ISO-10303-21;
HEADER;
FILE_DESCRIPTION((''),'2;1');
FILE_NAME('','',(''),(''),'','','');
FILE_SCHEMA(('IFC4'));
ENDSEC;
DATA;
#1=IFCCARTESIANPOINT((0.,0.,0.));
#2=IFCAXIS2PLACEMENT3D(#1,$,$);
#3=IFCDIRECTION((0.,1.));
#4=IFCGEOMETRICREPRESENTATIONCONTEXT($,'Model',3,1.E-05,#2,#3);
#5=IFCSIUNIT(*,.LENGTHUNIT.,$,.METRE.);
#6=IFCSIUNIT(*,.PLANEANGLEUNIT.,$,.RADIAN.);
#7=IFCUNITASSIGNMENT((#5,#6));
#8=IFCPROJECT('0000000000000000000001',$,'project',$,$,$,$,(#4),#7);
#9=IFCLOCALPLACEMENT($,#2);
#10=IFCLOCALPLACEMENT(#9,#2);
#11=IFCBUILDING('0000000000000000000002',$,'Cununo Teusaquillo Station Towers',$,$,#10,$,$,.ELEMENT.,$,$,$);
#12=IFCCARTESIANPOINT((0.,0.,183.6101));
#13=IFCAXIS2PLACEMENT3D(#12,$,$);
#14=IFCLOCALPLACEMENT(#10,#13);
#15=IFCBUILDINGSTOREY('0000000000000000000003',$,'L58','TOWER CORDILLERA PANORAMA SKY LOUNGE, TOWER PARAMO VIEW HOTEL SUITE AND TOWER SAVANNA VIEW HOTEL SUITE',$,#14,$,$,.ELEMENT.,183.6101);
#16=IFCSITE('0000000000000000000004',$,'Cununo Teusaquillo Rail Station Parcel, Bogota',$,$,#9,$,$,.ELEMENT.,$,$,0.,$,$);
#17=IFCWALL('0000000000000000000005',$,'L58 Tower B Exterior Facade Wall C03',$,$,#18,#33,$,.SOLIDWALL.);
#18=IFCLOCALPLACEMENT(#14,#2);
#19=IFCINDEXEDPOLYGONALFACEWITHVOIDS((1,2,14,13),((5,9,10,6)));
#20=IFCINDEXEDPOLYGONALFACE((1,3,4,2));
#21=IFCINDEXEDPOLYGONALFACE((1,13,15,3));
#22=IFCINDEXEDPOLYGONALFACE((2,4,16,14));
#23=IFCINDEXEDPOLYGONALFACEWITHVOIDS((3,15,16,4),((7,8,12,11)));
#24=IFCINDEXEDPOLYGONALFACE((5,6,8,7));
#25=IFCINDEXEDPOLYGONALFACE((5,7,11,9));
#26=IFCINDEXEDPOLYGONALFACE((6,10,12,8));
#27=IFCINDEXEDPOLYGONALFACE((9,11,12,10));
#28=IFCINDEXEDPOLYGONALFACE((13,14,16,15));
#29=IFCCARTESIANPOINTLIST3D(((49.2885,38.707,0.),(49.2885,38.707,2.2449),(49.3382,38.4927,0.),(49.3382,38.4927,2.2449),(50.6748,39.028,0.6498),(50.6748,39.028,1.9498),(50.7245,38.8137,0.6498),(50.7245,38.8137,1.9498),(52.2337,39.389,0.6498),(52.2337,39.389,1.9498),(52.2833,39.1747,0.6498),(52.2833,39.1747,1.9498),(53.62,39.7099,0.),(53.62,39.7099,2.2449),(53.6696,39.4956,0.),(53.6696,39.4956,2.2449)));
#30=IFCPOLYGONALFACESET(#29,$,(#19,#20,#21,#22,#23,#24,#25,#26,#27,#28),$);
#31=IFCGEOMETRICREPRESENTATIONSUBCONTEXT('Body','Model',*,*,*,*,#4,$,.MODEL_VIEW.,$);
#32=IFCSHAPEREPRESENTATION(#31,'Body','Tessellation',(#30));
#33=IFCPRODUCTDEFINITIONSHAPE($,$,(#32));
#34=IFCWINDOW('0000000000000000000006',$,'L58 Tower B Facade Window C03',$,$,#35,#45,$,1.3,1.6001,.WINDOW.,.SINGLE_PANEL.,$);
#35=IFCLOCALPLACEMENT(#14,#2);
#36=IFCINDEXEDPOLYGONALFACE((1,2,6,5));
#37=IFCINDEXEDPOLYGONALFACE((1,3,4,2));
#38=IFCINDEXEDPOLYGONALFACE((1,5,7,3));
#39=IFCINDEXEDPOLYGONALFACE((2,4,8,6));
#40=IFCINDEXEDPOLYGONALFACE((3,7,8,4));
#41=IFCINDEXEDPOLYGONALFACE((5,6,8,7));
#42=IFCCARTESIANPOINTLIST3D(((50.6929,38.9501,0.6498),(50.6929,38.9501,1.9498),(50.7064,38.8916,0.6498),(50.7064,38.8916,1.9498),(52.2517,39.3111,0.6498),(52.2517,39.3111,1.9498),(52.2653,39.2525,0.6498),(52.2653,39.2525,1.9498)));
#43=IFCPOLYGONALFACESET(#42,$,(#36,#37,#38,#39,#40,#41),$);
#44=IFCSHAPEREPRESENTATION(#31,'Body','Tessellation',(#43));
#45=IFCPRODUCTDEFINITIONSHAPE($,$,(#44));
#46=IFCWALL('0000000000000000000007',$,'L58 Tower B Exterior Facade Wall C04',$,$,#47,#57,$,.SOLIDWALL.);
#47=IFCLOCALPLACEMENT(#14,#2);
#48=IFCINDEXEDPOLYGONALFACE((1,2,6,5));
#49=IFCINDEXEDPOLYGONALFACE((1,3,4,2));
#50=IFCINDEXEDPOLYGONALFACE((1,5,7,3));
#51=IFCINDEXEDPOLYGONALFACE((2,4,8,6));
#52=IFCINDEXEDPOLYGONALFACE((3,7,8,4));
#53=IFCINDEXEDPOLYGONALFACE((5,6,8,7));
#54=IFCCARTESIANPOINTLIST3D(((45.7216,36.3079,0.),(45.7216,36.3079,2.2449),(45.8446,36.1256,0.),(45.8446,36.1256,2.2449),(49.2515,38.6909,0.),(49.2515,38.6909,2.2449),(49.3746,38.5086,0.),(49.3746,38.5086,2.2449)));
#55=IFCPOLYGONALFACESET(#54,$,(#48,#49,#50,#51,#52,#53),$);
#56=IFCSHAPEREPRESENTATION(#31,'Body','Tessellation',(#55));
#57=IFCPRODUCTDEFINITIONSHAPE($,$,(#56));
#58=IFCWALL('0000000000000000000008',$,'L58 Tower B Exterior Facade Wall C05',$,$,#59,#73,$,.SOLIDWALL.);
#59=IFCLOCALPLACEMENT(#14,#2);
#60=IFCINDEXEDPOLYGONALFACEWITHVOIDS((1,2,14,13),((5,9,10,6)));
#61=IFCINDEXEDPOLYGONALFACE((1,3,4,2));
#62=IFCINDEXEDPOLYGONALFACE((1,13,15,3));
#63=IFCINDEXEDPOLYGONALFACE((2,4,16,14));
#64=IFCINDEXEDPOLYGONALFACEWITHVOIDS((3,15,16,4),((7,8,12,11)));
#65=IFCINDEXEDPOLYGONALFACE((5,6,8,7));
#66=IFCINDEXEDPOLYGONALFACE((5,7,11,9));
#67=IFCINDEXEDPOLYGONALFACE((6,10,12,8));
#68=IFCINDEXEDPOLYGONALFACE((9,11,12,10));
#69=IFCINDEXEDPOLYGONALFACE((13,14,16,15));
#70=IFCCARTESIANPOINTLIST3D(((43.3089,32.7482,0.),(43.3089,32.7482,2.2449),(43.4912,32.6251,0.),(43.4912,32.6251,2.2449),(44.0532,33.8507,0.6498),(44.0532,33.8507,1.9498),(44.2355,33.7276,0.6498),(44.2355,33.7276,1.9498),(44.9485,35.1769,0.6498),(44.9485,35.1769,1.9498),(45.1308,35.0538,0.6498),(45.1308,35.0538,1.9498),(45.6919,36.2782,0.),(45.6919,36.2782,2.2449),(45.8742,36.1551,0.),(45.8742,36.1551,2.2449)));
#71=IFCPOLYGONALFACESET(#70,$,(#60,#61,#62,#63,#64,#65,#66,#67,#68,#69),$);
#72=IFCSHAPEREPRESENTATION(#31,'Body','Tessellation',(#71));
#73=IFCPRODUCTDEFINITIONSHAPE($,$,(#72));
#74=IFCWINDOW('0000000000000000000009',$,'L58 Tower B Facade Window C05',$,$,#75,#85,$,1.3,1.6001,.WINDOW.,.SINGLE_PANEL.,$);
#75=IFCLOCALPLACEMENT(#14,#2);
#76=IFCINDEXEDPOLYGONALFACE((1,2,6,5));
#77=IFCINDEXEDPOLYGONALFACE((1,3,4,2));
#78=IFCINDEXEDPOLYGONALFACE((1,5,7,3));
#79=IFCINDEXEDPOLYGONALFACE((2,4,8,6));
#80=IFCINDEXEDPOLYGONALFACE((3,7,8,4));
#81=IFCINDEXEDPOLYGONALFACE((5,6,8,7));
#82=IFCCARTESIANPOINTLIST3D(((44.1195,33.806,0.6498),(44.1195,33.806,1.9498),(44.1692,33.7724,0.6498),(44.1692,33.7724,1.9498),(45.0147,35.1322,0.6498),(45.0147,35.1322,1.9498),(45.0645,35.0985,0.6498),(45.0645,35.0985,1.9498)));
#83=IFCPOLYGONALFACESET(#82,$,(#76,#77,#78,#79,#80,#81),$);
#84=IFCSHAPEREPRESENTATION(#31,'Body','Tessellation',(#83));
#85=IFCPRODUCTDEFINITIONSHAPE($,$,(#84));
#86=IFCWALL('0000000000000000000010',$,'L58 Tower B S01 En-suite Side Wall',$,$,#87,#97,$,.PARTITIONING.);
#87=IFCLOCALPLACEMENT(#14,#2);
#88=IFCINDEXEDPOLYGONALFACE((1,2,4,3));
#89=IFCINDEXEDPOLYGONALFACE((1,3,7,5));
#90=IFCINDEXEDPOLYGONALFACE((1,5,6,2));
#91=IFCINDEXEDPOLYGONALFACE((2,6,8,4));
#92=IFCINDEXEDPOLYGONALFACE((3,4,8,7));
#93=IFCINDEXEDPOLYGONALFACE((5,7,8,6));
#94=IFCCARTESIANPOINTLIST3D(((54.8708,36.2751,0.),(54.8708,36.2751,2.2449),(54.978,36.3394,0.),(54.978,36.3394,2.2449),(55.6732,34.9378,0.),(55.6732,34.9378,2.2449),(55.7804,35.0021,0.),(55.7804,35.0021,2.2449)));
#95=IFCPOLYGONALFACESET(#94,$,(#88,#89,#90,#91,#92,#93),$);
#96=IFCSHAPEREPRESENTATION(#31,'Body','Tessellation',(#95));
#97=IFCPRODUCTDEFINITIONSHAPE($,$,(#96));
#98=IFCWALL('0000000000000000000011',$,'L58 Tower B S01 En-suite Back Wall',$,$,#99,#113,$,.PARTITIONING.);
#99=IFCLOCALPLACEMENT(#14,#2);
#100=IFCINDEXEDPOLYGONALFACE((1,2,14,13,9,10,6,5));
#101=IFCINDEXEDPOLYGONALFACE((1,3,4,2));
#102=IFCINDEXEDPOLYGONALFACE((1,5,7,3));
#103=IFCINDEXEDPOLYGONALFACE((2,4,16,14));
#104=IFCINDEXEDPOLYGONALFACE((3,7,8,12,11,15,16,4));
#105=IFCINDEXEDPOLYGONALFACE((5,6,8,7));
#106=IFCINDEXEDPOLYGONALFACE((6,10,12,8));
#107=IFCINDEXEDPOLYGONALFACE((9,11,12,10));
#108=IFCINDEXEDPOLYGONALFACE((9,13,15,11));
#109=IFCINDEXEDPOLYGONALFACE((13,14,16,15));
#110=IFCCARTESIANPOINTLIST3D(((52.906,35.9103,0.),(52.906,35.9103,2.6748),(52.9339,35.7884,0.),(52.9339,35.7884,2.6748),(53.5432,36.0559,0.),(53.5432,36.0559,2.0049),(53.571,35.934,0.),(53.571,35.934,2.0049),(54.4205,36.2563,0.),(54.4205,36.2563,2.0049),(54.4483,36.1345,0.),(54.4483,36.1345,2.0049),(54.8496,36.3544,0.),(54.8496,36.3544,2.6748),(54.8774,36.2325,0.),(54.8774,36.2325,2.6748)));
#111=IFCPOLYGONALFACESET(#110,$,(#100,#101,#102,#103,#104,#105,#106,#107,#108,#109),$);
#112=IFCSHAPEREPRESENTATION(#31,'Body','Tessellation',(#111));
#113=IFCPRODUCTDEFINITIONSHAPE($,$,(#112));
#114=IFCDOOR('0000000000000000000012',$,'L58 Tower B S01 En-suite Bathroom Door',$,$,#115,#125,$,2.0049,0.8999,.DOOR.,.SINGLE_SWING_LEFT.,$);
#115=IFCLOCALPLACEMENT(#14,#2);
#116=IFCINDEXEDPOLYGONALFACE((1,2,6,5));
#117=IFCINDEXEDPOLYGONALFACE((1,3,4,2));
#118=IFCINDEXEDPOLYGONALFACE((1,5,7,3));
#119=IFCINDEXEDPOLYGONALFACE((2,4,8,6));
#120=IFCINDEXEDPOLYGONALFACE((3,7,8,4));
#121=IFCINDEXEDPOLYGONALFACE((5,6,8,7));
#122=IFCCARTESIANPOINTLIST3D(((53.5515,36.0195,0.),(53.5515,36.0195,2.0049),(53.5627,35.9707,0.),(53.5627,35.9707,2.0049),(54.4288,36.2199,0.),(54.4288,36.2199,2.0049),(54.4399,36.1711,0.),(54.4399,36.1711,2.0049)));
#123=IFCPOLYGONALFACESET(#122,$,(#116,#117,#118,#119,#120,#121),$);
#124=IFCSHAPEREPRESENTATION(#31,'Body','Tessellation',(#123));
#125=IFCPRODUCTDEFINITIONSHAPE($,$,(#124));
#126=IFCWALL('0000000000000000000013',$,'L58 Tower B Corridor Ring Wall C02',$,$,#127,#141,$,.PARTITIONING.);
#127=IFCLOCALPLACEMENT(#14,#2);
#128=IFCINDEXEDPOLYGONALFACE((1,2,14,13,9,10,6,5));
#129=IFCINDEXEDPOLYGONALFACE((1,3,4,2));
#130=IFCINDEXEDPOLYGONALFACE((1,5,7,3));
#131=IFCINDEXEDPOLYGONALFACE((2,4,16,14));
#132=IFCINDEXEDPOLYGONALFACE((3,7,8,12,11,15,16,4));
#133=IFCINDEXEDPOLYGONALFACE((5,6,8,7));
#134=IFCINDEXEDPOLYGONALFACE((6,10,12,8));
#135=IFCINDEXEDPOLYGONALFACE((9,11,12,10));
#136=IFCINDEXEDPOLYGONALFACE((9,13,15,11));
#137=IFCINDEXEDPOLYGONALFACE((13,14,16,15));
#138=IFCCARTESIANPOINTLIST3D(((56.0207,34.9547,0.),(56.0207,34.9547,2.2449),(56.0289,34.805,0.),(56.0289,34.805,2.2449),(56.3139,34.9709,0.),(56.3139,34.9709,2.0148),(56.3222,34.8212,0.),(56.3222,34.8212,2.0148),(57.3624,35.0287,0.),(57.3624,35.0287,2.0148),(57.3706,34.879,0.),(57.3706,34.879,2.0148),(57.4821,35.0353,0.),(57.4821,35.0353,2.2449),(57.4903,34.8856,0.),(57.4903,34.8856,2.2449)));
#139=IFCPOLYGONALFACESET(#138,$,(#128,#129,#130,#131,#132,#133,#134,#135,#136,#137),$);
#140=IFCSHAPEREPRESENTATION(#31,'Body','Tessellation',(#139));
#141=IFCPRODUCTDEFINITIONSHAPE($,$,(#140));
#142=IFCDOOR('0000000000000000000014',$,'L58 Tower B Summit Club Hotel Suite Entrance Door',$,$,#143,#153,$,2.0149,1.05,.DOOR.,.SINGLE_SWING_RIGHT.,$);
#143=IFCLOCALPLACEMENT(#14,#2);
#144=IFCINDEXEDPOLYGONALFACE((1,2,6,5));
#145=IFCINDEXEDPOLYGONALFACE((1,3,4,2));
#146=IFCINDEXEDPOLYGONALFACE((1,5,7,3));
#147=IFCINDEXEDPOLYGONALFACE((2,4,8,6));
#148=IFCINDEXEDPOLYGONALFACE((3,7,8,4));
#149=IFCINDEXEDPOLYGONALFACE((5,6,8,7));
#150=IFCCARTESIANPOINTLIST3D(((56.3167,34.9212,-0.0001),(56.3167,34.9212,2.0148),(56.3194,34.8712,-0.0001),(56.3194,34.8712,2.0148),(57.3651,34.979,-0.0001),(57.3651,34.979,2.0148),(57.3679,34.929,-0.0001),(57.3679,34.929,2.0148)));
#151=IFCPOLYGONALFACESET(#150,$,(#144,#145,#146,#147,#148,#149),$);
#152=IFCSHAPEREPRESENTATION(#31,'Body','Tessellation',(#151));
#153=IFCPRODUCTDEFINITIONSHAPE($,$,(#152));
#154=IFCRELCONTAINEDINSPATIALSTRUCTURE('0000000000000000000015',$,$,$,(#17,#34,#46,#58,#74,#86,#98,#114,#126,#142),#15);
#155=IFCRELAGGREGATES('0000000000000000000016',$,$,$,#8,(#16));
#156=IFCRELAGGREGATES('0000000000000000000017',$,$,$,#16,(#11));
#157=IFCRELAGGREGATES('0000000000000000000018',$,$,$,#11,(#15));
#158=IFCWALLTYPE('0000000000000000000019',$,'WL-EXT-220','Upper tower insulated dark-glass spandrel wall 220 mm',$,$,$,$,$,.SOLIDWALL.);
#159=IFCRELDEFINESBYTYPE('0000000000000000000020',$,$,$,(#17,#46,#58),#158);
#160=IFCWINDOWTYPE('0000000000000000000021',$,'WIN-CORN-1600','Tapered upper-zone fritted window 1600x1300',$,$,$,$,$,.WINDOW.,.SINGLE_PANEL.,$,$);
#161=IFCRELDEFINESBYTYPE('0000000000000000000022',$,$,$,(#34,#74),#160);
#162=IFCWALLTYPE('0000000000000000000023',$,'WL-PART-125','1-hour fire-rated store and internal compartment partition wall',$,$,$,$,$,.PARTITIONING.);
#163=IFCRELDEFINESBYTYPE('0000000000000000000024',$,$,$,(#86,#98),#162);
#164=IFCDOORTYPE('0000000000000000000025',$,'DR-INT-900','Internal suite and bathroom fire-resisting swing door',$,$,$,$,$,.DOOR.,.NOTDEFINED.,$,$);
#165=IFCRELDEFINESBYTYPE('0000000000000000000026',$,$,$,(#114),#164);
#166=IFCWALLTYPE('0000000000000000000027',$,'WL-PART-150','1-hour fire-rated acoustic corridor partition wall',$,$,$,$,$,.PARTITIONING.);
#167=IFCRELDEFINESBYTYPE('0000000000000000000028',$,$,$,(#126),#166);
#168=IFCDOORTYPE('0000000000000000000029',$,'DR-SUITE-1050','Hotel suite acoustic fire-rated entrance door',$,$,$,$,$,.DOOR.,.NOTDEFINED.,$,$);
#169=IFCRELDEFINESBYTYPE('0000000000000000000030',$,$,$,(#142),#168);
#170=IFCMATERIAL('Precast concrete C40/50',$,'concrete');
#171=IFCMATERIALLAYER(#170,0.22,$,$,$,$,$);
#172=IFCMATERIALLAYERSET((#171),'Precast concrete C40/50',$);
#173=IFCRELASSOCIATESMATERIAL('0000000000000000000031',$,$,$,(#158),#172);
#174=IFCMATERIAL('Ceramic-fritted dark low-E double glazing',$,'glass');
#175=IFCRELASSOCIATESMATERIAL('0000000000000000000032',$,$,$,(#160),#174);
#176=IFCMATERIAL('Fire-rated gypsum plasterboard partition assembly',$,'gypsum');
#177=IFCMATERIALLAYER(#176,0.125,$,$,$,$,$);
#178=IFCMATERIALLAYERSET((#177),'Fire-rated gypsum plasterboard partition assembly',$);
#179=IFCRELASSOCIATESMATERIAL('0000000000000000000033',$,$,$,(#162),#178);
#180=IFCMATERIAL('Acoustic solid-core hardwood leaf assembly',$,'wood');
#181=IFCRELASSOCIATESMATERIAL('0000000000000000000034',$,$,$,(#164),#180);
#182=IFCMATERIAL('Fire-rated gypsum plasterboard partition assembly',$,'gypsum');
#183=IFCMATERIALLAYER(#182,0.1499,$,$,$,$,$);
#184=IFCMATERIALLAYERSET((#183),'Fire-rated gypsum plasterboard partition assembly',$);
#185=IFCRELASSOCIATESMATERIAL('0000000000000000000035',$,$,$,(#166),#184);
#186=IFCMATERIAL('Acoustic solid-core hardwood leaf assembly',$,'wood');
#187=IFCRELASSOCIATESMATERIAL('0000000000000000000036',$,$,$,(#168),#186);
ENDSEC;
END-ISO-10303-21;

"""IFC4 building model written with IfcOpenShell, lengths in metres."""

from ifc_helpers import new_model, si_unit, direction, frame, frame_2d, origin, place, context, subcontext, project, spatial, rectangle, extrude, source, transform, mapped, material, layer, layer_set, type_object, element, fill, save


model = new_model("IFC4")

# Units and contexts
model_context = context("Model", 3, precision=1e-05, world=origin(), true_north=direction((0.0, 1.0)))
body_context = subcontext(model_context, "Body", "Model", "MODEL_VIEW")
ifc_project = project(units=[si_unit("LENGTHUNIT", "METRE"), si_unit("PLANEANGLEUNIT", "RADIAN")], contexts=[model_context])

# Site, building, storey
site_placement = place(None, origin())
site = spatial("IfcSite", under=ifc_project, at=site_placement, Name="Cununo Teusaquillo Rail Station Parcel, Bogota", CompositionType="ELEMENT", RefElevation=0.0)
building_placement = place(site_placement, origin())
building = spatial("IfcBuilding", under=site, at=building_placement, Name="Cununo Teusaquillo Station Towers", CompositionType="ELEMENT")
storey_placement = place(building_placement, frame((0.0, 0.0, 183.6101)))
storey = spatial("IfcBuildingStorey", under=building, at=storey_placement, Name="L58", Description="TOWER CORDILLERA PANORAMA SKY LOUNGE, TOWER PARAMO VIEW HOTEL SUITE AND TOWER SAVANNA VIEW HOTEL SUITE", CompositionType="ELEMENT", Elevation=183.6101)

# Wall, opening, window
ifc_material_1 = material(Name="Precast concrete C40/50", Category="concrete")
ifc_layer_1 = layer(ifc_material_1, 0.22)
ifc_layer_set_1 = layer_set([ifc_layer_1], Name="Precast concrete C40/50")
wall_type_1 = type_object("IfcWallType", Name="WL-EXT-220", Description="Upper tower insulated dark-glass spandrel wall 220 mm", PredefinedType="SOLIDWALL", material=ifc_layer_set_1)
shared_shape_1 = source(origin(), body_context, "Body", "SweptSolid", [
    extrude(rectangle(XDim=1.6001, YDim=1.3, at=frame_2d((0.8, 0.6499))), frame((0.0, 0.1199, 0.0), z_axis=(0.0, -1.0, 0.0), x_axis=(1.0, 0.0, 0.0)), (0.0, 0.0, 1.0), 0.24),
])
ifc_material_2 = material(Name="Ceramic-fritted dark low-E double glazing", Category="glass")
window_type = type_object("IfcWindowType", Name="WIN-CORN-1600", Description="Tapered upper-zone fritted window 1600x1300", PartitioningType="SINGLE_PANEL", PredefinedType="WINDOW", material=ifc_material_2)
shared_shape_2 = source(origin(), body_context, "Body", "SweptSolid", [
    extrude(rectangle(XDim=1.6001, YDim=1.3, at=frame_2d((0.8, 0.6499))), frame((0.0, 0.03, 0.0), z_axis=(0.0, -1.0, 0.0), x_axis=(1.0, 0.0, 0.0)), (0.0, 0.0, 1.0), 0.0601),
])
wall_1_placement = place(storey_placement, frame((49.3132, 38.5999, 0.0), z_axis=(0.0, 0.0, 1.0), x_axis=(0.974226, 0.225573, 0.0)))
wall_1 = element("IfcWall", 1, at=wall_1_placement, inside=storey, type_object=wall_type_1, Name="L58 Tower B Exterior Facade Wall C03", PredefinedType="SOLIDWALL", context=body_context, shape_type="SweptSolid", body=[
    extrude(rectangle(XDim=4.446, YDim=0.22, at=frame_2d((2.2231, 0.0))), origin(), (0.0, 0.0, 1.0), 2.2449),
])
opening_1_placement = place(wall_1_placement, frame((1.4231, 0.0, 0.6499)))
opening_1 = element("IfcOpeningElement", 2, at=opening_1_placement, cuts=wall_1, PredefinedType="OPENING", context=body_context, shape_type="MappedRepresentation", body=[
    mapped(shared_shape_1, transform((0.0, 0.0, 0.0), x_axis=(1.0, 0.0, 0.0), y_axis=(0.0, 1.0, 0.0), z_axis=(0.0, 0.0, 1.0), scale=1.0)),
])
window_1_placement = place(opening_1_placement, origin())
window_1 = element("IfcWindow", 3, at=window_1_placement, inside=storey, type_object=window_type, Name="L58 Tower B Facade Window C03", OverallHeight=1.3, OverallWidth=1.6001, PartitioningType="SINGLE_PANEL", PredefinedType="WINDOW", context=body_context, shape_type="MappedRepresentation", body=[
    mapped(shared_shape_2, transform((0.0, 0.0, 0.0), x_axis=(1.0, 0.0, 0.0), y_axis=(0.0, 1.0, 0.0), z_axis=(0.0, 0.0, 1.0), scale=1.0)),
])
fill(opening_1, window_1)

# Wall
wall_2_placement = place(storey_placement, frame((45.7832, 36.2168, 0.0), z_axis=(0.0, 0.0, 1.0), x_axis=(0.828817, 0.559519, 0.0)))
element("IfcWall", 4, at=wall_2_placement, inside=storey, type_object=wall_type_1, Name="L58 Tower B Exterior Facade Wall C04", PredefinedType="SOLIDWALL", context=body_context, shape_type="SweptSolid", body=[
    extrude(rectangle(XDim=4.259, YDim=0.22, at=frame_2d((2.1294, 0.0))), origin(), (0.0, 0.0, 1.0), 2.2449),
])

# Wall, opening, window
wall_3_placement = place(storey_placement, frame((43.4001, 32.6868, 0.0), z_axis=(0.0, 0.0, 1.0), x_axis=(0.559519, 0.828817, 0.0)))
wall_3 = element("IfcWall", 5, at=wall_3_placement, inside=storey, type_object=wall_type_1, Name="L58 Tower B Exterior Facade Wall C05", PredefinedType="SOLIDWALL", context=body_context, shape_type="SweptSolid", body=[
    extrude(rectangle(XDim=4.259, YDim=0.22, at=frame_2d((2.1294, 0.0))), origin(), (0.0, 0.0, 1.0), 2.2449),
])
opening_2_placement = place(wall_3_placement, frame((1.3301, 0.0, 0.6499)))
opening_2 = element("IfcOpeningElement", 6, at=opening_2_placement, cuts=wall_3, PredefinedType="OPENING", context=body_context, shape_type="MappedRepresentation", body=[
    mapped(shared_shape_1, transform((0.0, 0.0, 0.0), x_axis=(1.0, 0.0, 0.0), y_axis=(0.0, 1.0, 0.0), z_axis=(0.0, 0.0, 1.0), scale=1.0)),
])
window_2_placement = place(opening_2_placement, origin())
window_2 = element("IfcWindow", 7, at=window_2_placement, inside=storey, type_object=window_type, Name="L58 Tower B Facade Window C05", OverallHeight=1.3, OverallWidth=1.6001, PartitioningType="SINGLE_PANEL", PredefinedType="WINDOW", context=body_context, shape_type="MappedRepresentation", body=[
    mapped(shared_shape_2, transform((0.0, 0.0, 0.0), x_axis=(1.0, 0.0, 0.0), y_axis=(0.0, 1.0, 0.0), z_axis=(0.0, 0.0, 1.0), scale=1.0)),
])
fill(opening_2, window_2)

# Wall
ifc_material_3 = material(Name="Fire-rated gypsum plasterboard partition assembly", Category="gypsum")
ifc_layer_2 = layer(ifc_material_3, 0.125)
ifc_layer_set_2 = layer_set([ifc_layer_2], Name="Fire-rated gypsum plasterboard partition assembly")
wall_type_2 = type_object("IfcWallType", Name="WL-PART-125", Description="1-hour fire-rated store and internal compartment partition wall", PredefinedType="PARTITIONING", material=ifc_layer_set_2)
wall_4_placement = place(storey_placement, frame((55.7268, 34.97, 0.0), z_axis=(0.0, 0.0, 1.0), x_axis=(-0.514519, 0.857479, 0.0)))
element("IfcWall", 8, at=wall_4_placement, inside=storey, type_object=wall_type_2, Name="L58 Tower B S01 En-suite Side Wall", PredefinedType="PARTITIONING", context=body_context, shape_type="SweptSolid", body=[
    extrude(rectangle(XDim=1.5596, YDim=0.125, at=frame_2d((0.7798, 0.0))), origin(), (0.0, 0.0, 1.0), 2.2449),
])

# Walls, openings, doors
wall_5_placement = place(storey_placement, frame((54.8635, 36.2935, 0.0), z_axis=(0.0, 0.0, 1.0), x_axis=(-0.974876, -0.222748, 0.0)))
wall_5 = element("IfcWall", 9, at=wall_5_placement, inside=storey, type_object=wall_type_2, Name="L58 Tower B S01 En-suite Back Wall", PredefinedType="PARTITIONING", context=body_context, shape_type="SweptSolid", body=[
    extrude(rectangle(XDim=1.9937, YDim=0.125, at=frame_2d((0.9968, 0.0))), origin(), (0.0, 0.0, 1.0), 2.6748),
])
shared_shape_3 = source(origin(), body_context, "Body", "SweptSolid", [
    extrude(rectangle(XDim=0.8999, YDim=2.0049, at=frame_2d((0.45, 1.0024))), frame((0.0, 0.0725, 0.0), z_axis=(0.0, -1.0, 0.0), x_axis=(1.0, 0.0, 0.0)), (0.0, 0.0, 1.0), 0.145),
])
opening_3_placement = place(wall_5_placement, frame((0.4402, 0.0, 0.0)))
opening_3 = element("IfcOpeningElement", 10, at=opening_3_placement, cuts=wall_5, PredefinedType="OPENING", context=body_context, shape_type="MappedRepresentation", body=[
    mapped(shared_shape_3, transform((0.0, 0.0, 0.0), x_axis=(1.0, 0.0, 0.0), y_axis=(0.0, 1.0, 0.0), z_axis=(0.0, 0.0, 1.0), scale=1.0)),
])
ifc_material_4 = material(Name="Acoustic solid-core hardwood leaf assembly", Category="wood")
door_type_1 = type_object("IfcDoorType", Name="DR-INT-900", Description="Internal suite and bathroom fire-resisting swing door", OperationType="NOTDEFINED", PredefinedType="DOOR", material=ifc_material_4)
shared_shape_4 = source(origin(), body_context, "Body", "SweptSolid", [
    extrude(rectangle(XDim=0.8999, YDim=2.0049, at=frame_2d((0.45, 1.0024))), frame((0.0, 0.0249, 0.0), z_axis=(0.0, -1.0, 0.0), x_axis=(1.0, 0.0, 0.0)), (0.0, 0.0, 1.0), 0.05),
])
door_1_placement = place(opening_3_placement, origin())
door_1 = element("IfcDoor", 11, at=door_1_placement, inside=storey, type_object=door_type_1, Name="L58 Tower B S01 En-suite Bathroom Door", OperationType="SINGLE_SWING_LEFT", OverallHeight=2.0049, OverallWidth=0.8999, PredefinedType="DOOR", context=body_context, shape_type="MappedRepresentation", body=[
    mapped(shared_shape_4, transform((0.0, 0.0, 0.0), x_axis=(1.0, 0.0, 0.0), y_axis=(0.0, 1.0, 0.0), z_axis=(0.0, 0.0, 1.0), scale=1.0)),
])
fill(opening_3, door_1)
ifc_material_5 = material(Name="Fire-rated gypsum plasterboard partition assembly", Category="gypsum")
ifc_layer_3 = layer(ifc_material_5, 0.1499)
ifc_layer_set_3 = layer_set([ifc_layer_3], Name="Fire-rated gypsum plasterboard partition assembly")
wall_type_3 = type_object("IfcWallType", Name="WL-PART-150", Description="1-hour fire-rated acoustic corridor partition wall", PredefinedType="PARTITIONING", material=ifc_layer_set_3)
wall_6_placement = place(storey_placement, frame((57.4863, 34.9604, 0.0), z_axis=(0.0, 0.0, 1.0), x_axis=(-0.998484, -0.055045, 0.0)))
wall_6 = element("IfcWall", 12, at=wall_6_placement, inside=storey, type_object=wall_type_3, Name="L58 Tower B Corridor Ring Wall C02", PredefinedType="PARTITIONING", context=body_context, shape_type="SweptSolid", body=[
    extrude(rectangle(XDim=1.4636, YDim=0.1499, at=frame_2d((0.7319, 0.0))), origin(), (0.0, 0.0, 1.0), 2.2449),
])
shared_shape_5 = source(origin(), body_context, "Body", "SweptSolid", [
    extrude(rectangle(XDim=1.05, YDim=2.0149, at=frame_2d((0.5249, 1.0073))), frame((0.0, 0.085, 0.0), z_axis=(0.0, -1.0, 0.0), x_axis=(1.0, 0.0, 0.0)), (0.0, 0.0, 1.0), 0.1699),
])
opening_4_placement = place(wall_6_placement, frame((0.1201, 0.0, 0.0)))
opening_4 = element("IfcOpeningElement", 13, at=opening_4_placement, cuts=wall_6, PredefinedType="OPENING", context=body_context, shape_type="MappedRepresentation", body=[
    mapped(shared_shape_5, transform((0.0, 0.0, 0.0), x_axis=(1.0, 0.0, 0.0), y_axis=(0.0, 1.0, 0.0), z_axis=(0.0, 0.0, 1.0), scale=1.0)),
])
ifc_material_6 = material(Name="Acoustic solid-core hardwood leaf assembly", Category="wood")
door_type_2 = type_object("IfcDoorType", Name="DR-SUITE-1050", Description="Hotel suite acoustic fire-rated entrance door", OperationType="NOTDEFINED", PredefinedType="DOOR", material=ifc_material_6)
shared_shape_6 = source(origin(), body_context, "Body", "SweptSolid", [
    extrude(rectangle(XDim=1.05, YDim=2.0149, at=frame_2d((0.5249, 1.0073))), frame((0.0, 0.0249, 0.0), z_axis=(0.0, -1.0, 0.0), x_axis=(1.0, 0.0, 0.0)), (0.0, 0.0, 1.0), 0.05),
])
door_2_placement = place(opening_4_placement, origin())
door_2 = element("IfcDoor", 14, at=door_2_placement, inside=storey, type_object=door_type_2, Name="L58 Tower B Summit Club Hotel Suite Entrance Door", OperationType="SINGLE_SWING_RIGHT", OverallHeight=2.0149, OverallWidth=1.05, PredefinedType="DOOR", context=body_context, shape_type="MappedRepresentation", body=[
    mapped(shared_shape_6, transform((0.0, 0.0, 0.0), x_axis=(1.0, 0.0, 0.0), y_axis=(0.0, 1.0, 0.0), z_axis=(0.0, 0.0, 1.0), scale=1.0)),
])
fill(opening_4, door_2)

save(model, "model.ifc")
